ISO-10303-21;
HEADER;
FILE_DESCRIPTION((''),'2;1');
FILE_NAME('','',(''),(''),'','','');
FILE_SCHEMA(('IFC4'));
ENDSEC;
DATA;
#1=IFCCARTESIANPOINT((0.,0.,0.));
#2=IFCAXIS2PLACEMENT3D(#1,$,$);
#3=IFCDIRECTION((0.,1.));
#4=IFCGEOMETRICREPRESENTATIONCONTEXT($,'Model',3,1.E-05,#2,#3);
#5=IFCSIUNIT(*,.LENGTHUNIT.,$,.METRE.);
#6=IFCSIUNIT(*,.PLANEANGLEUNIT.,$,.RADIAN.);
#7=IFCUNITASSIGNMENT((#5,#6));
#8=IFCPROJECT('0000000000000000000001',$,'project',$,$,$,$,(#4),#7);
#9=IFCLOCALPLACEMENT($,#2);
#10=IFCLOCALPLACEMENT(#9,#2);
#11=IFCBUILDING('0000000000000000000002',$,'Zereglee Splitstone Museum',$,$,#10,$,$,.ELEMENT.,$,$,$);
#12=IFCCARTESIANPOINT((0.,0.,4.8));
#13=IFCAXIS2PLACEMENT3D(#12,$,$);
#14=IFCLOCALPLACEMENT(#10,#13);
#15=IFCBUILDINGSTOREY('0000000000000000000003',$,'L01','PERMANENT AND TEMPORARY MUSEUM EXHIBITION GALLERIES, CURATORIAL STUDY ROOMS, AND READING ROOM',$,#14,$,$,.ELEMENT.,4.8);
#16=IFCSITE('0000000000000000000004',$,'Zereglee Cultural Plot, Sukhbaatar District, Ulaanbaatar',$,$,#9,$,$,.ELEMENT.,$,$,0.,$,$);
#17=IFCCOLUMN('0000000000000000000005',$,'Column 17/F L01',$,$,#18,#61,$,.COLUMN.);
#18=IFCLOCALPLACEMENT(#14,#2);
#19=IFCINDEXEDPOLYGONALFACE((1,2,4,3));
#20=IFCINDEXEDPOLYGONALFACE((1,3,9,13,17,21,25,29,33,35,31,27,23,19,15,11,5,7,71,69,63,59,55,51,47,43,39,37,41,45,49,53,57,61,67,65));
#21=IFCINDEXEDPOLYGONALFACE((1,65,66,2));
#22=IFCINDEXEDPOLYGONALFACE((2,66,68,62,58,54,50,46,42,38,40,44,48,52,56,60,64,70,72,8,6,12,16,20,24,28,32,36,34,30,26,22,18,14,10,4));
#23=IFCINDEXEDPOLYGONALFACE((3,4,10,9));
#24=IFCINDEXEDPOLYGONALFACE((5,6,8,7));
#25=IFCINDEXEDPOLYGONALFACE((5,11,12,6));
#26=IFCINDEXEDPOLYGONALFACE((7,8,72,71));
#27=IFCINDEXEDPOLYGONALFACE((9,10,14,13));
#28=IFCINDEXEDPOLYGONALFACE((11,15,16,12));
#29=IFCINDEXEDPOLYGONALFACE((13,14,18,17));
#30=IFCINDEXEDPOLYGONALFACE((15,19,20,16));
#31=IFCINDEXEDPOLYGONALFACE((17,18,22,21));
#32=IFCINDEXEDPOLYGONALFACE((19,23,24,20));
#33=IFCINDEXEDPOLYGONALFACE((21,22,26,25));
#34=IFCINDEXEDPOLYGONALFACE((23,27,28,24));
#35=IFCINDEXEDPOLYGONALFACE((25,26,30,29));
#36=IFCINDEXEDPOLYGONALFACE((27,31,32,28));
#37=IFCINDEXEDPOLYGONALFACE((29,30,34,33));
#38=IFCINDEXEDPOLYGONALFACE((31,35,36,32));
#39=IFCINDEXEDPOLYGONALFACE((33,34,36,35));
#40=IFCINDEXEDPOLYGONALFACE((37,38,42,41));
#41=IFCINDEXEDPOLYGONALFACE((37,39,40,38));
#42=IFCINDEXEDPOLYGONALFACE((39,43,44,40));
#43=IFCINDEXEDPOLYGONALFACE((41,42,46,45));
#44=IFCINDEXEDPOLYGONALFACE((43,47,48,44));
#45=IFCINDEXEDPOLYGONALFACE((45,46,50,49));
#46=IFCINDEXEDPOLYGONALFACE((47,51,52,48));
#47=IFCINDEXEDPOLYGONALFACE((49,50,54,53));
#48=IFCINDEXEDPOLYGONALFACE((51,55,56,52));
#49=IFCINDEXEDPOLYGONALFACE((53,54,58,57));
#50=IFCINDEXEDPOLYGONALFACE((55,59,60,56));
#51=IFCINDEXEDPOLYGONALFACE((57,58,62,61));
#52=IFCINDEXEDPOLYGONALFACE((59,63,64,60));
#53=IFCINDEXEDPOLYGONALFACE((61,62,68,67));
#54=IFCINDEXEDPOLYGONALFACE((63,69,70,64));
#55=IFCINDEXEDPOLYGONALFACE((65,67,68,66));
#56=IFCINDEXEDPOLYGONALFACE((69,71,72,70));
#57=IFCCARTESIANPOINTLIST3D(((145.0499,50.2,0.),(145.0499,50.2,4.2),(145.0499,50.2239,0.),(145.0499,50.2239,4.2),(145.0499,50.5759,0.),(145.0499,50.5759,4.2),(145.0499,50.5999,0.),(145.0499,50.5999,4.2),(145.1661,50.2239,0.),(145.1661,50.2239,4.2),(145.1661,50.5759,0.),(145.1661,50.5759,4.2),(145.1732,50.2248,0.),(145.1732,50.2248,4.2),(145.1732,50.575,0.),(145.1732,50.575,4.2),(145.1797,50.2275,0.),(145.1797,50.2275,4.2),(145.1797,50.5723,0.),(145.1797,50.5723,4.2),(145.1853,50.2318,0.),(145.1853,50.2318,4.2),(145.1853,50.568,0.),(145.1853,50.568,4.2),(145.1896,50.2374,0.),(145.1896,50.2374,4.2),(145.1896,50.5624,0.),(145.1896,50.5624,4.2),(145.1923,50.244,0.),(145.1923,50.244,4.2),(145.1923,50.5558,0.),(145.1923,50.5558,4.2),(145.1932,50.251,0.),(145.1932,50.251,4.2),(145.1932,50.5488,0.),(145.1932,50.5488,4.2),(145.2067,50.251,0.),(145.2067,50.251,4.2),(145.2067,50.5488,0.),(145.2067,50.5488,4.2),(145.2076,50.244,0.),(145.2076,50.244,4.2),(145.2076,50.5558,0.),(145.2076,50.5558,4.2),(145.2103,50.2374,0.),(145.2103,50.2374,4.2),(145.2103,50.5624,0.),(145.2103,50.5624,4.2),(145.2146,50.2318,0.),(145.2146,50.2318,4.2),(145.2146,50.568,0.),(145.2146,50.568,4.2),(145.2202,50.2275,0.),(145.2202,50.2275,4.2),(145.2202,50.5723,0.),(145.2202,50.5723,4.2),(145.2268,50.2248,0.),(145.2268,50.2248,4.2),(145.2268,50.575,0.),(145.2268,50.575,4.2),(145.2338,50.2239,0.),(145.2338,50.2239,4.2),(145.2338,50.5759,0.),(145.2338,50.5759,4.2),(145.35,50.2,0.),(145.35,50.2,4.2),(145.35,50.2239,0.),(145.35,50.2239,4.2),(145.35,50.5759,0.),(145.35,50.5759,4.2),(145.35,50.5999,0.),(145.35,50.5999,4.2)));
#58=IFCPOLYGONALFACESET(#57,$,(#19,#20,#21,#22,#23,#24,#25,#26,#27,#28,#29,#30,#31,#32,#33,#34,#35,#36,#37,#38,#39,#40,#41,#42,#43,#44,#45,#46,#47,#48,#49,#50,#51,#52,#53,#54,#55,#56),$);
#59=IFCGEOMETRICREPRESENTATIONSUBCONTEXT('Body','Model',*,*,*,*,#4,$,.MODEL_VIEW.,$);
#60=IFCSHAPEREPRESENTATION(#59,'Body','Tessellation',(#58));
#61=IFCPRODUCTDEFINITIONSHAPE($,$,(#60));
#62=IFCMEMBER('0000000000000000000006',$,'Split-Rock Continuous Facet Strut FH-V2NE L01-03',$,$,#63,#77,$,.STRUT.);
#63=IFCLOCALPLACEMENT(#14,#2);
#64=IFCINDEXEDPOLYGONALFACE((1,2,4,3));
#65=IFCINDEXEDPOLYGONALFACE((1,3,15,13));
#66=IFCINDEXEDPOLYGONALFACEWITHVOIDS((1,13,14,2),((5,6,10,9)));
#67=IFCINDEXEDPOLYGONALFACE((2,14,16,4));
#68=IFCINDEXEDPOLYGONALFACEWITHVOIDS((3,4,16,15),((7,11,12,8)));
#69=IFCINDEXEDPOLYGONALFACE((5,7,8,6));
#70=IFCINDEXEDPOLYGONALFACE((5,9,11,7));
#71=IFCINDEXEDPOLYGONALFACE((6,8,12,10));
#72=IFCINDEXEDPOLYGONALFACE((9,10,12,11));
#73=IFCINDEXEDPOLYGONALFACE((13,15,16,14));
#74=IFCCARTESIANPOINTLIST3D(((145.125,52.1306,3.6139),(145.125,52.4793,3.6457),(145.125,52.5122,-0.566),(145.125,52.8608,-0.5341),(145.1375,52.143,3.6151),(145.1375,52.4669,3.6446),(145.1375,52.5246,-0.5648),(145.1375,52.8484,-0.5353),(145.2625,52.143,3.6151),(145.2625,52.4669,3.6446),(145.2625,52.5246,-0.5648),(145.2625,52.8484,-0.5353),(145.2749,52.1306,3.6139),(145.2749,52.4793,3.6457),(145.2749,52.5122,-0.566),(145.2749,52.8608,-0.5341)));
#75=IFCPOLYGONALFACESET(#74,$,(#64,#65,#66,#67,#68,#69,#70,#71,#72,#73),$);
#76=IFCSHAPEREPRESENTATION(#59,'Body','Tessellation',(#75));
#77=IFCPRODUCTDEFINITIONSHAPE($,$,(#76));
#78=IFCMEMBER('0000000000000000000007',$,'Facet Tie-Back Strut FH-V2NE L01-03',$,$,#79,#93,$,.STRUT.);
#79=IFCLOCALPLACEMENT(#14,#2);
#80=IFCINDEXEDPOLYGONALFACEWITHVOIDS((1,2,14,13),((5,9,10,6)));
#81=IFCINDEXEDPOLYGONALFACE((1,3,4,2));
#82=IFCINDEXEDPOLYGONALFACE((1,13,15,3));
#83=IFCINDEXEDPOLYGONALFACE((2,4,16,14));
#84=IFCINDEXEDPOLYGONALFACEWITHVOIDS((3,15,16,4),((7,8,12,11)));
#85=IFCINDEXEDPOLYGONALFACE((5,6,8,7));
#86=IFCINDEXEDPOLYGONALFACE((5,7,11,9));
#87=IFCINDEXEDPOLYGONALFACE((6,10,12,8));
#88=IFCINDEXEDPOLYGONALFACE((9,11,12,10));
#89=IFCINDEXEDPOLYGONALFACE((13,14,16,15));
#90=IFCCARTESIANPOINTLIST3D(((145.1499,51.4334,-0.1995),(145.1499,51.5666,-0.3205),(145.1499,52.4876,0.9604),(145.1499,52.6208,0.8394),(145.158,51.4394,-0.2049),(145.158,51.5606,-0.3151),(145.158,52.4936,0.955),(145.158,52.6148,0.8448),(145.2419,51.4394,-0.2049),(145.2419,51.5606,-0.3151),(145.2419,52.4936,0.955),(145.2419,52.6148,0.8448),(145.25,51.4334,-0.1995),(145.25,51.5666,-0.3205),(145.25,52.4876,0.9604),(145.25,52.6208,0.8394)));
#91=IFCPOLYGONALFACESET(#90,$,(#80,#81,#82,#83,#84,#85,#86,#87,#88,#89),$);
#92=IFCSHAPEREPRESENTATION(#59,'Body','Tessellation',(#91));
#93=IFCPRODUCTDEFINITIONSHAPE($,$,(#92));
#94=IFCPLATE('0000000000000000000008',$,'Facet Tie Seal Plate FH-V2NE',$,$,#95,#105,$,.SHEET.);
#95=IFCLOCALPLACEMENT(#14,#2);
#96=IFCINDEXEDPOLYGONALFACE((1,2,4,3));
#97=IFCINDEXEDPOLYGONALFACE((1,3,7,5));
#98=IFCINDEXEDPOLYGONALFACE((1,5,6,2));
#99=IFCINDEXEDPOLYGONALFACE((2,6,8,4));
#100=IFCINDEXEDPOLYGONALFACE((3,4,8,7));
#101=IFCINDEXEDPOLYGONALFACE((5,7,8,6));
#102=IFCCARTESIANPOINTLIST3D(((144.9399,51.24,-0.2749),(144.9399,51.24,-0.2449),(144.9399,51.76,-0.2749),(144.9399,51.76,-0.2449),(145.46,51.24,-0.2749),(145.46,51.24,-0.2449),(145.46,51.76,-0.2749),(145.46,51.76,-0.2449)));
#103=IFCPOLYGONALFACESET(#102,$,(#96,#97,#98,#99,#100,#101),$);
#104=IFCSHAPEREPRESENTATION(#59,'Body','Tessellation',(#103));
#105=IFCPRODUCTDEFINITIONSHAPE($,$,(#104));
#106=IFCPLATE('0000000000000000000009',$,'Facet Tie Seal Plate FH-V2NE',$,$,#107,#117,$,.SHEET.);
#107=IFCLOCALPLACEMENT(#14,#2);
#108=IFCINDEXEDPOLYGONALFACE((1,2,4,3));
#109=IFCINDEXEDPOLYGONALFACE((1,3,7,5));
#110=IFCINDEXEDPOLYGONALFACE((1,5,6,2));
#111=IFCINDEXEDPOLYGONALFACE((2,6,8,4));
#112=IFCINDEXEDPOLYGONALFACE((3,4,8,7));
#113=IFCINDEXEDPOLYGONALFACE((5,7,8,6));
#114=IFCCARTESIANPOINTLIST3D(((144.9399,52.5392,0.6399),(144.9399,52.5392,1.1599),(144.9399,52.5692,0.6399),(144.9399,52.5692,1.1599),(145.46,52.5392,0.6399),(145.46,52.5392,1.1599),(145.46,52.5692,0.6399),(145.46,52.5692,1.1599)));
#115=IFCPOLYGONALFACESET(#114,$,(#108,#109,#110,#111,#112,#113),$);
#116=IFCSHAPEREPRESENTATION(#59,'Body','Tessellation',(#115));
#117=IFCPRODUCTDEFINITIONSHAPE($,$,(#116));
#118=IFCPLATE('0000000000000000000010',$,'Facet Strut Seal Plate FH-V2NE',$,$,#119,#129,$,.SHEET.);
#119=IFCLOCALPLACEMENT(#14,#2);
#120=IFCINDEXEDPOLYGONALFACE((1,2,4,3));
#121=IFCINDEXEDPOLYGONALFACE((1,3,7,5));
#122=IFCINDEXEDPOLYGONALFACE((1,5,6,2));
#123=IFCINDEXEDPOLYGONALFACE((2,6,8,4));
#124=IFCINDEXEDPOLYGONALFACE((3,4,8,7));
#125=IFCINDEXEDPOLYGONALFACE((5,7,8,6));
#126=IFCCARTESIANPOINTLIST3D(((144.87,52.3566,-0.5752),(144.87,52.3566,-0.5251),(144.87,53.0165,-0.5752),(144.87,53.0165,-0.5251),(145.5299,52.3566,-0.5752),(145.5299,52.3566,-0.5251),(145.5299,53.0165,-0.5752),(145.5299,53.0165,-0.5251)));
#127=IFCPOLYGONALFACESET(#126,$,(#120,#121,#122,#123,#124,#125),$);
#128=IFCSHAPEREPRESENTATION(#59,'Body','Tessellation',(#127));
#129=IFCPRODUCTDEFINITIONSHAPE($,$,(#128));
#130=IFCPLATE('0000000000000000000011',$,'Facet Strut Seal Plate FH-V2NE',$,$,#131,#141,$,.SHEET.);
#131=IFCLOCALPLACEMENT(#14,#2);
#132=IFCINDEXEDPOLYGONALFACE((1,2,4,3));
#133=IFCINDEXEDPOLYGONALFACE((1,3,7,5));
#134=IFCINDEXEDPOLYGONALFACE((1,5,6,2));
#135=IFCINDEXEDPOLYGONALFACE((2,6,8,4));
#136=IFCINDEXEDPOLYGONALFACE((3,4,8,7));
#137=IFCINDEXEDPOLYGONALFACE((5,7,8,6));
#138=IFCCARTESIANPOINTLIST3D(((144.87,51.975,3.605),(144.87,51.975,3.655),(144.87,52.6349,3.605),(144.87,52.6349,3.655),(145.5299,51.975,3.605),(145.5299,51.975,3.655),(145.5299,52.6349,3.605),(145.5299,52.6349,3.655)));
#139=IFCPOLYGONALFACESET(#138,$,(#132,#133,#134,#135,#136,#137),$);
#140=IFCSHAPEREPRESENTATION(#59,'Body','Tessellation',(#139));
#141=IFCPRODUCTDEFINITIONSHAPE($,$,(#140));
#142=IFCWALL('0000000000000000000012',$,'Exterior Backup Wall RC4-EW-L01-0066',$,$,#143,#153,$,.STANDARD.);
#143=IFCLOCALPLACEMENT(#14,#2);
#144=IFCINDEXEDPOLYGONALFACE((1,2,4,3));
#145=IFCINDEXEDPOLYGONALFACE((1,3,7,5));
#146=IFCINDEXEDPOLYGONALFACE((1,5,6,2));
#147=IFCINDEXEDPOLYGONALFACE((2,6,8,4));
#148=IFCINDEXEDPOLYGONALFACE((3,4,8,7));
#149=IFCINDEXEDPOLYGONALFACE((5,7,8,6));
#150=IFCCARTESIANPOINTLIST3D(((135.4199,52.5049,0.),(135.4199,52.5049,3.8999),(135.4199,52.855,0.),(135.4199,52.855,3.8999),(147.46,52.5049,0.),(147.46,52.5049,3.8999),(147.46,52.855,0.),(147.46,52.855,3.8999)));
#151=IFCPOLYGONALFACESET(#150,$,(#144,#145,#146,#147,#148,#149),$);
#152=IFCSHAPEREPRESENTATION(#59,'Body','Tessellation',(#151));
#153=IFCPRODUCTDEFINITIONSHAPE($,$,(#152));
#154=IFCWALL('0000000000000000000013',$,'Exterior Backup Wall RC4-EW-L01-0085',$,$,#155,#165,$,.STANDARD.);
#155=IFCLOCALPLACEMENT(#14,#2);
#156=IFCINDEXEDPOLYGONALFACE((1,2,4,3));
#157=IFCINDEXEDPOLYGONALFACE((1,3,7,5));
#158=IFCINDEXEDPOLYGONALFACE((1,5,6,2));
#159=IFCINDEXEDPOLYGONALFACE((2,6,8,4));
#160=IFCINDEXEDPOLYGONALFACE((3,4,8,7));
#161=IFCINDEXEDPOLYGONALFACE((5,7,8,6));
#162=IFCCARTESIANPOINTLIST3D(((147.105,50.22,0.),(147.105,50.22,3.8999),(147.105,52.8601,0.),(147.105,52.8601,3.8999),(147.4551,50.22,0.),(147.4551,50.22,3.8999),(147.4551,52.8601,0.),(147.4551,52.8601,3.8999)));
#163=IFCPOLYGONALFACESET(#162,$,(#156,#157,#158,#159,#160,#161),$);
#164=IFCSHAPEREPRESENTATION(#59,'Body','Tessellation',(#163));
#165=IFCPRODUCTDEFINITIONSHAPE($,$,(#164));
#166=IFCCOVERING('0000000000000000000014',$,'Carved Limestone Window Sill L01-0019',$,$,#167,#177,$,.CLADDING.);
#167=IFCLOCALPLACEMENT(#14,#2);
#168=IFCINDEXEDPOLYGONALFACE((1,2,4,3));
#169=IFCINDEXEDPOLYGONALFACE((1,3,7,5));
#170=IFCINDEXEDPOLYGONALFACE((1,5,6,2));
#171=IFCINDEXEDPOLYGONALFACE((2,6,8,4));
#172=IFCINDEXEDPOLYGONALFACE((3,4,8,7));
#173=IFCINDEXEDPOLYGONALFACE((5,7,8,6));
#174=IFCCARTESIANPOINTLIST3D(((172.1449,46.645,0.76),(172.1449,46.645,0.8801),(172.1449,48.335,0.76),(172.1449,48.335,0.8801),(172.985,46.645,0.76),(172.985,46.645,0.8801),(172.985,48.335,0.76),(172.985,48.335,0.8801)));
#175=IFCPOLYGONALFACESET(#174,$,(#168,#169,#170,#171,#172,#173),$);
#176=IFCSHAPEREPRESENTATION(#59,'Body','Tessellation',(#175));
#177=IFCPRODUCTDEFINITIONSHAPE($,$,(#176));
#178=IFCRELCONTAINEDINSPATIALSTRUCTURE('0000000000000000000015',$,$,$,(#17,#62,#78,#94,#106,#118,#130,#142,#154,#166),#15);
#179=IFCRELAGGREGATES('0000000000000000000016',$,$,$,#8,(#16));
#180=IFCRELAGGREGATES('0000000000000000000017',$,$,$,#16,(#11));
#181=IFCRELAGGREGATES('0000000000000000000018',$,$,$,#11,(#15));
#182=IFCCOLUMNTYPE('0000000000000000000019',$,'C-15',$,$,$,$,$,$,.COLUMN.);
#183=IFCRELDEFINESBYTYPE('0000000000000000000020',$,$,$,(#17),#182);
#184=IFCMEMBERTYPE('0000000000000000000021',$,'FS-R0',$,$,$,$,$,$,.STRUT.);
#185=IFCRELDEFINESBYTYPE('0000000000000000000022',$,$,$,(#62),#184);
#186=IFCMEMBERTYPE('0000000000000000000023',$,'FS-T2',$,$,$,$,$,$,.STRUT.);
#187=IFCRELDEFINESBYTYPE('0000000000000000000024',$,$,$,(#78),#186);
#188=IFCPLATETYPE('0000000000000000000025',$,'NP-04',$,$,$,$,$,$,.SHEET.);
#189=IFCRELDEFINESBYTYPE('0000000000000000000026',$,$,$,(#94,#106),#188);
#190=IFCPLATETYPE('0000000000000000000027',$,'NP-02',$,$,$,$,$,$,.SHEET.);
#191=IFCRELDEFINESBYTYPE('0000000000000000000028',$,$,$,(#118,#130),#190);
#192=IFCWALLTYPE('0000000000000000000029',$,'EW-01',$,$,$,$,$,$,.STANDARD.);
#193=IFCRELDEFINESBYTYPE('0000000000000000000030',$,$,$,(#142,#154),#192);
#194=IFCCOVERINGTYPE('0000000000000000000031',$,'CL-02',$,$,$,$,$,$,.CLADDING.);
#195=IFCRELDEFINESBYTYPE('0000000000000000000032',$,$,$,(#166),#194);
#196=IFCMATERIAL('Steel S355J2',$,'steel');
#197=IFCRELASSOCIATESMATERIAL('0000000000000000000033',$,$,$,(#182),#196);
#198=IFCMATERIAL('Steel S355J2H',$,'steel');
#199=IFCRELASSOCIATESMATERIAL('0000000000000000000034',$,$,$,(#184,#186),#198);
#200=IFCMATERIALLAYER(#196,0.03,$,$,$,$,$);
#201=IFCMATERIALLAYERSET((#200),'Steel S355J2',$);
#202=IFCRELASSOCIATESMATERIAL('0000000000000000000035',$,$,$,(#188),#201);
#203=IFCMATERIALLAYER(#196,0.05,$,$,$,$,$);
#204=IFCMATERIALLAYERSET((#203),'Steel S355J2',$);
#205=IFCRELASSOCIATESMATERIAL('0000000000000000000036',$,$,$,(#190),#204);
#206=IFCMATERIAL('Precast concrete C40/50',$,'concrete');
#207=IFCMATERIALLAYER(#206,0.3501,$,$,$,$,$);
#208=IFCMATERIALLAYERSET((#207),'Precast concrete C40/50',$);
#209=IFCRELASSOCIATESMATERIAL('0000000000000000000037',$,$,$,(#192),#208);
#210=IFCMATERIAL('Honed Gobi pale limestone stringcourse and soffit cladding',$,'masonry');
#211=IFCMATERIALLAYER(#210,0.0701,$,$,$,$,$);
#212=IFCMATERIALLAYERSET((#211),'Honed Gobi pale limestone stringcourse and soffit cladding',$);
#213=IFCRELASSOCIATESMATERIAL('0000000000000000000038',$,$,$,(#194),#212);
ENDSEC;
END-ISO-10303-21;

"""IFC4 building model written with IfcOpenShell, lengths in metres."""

from ifc_helpers import new_model, si_unit, direction, frame, frame_2d, origin, origin_2d, place, context, subcontext, project, spatial, rectangle, hollow_rectangle, i_section, extrude, material, layer, layer_set, material_profile, profile_set, type_object, element, save


model = new_model("IFC4")

# Units and contexts
model_context = context("Model", 3, precision=1e-05, world=origin(), true_north=direction((0.0, 1.0)))
body_context = subcontext(model_context, "Body", "Model", "MODEL_VIEW")
ifc_project = project(units=[si_unit("LENGTHUNIT", "METRE"), si_unit("PLANEANGLEUNIT", "RADIAN")], contexts=[model_context])

# Site, building, storey
site_placement = place(None, origin())
site = spatial("IfcSite", under=ifc_project, at=site_placement, Name="Zereglee Cultural Plot, Sukhbaatar District, Ulaanbaatar", CompositionType="ELEMENT", RefElevation=0.0)
building_placement = place(site_placement, origin())
building = spatial("IfcBuilding", under=site, at=building_placement, Name="Zereglee Splitstone Museum", CompositionType="ELEMENT")
storey_placement = place(building_placement, frame((0.0, 0.0, 4.8)))
storey = spatial("IfcBuildingStorey", under=building, at=storey_placement, Name="L01", Description="PERMANENT AND TEMPORARY MUSEUM EXHIBITION GALLERIES, CURATORIAL STUDY ROOMS, AND READING ROOM", CompositionType="ELEMENT", Elevation=4.8)

# Column
ifc_material_1 = material(Name="Steel S355J2", Category="steel")
ifc_material_profile_1 = material_profile(ifc_material_1, i_section(OverallWidth=0.3, OverallDepth=0.3999, WebThickness=0.0134, FlangeThickness=0.0239, FilletRadius=0.0271, at=origin_2d()), Name="HE 400 B")
ifc_profile_set_1 = profile_set([ifc_material_profile_1], Name="Steel S355J2")
column_type = type_object("IfcColumnType", Name="C-15", PredefinedType="COLUMN", material=ifc_profile_set_1)
column_placement = place(storey_placement, frame((145.2, 50.3999, 0.0), z_axis=(0.0, 0.0, 1.0), x_axis=(1.0, 0.0, 0.0)))
element("IfcColumn", 1, at=column_placement, inside=storey, type_object=column_type, Name="Column 17/F L01", PredefinedType="COLUMN", context=body_context, shape_type="SweptSolid", body=[
    extrude(i_section(OverallWidth=0.3, OverallDepth=0.3999, WebThickness=0.0134, FlangeThickness=0.0239, FilletRadius=0.0271, at=origin_2d()), origin(), (0.0, 0.0, 1.0), 4.2),
])

# Members
ifc_material_2 = material(Name="Steel S355J2H", Category="steel")
ifc_material_profile_2 = material_profile(ifc_material_2, hollow_rectangle(XDim=0.1499, YDim=0.3501, WallThickness=0.0125, at=origin_2d()), Name="RHS 350x150x12.5")
ifc_profile_set_2 = profile_set([ifc_material_profile_2], Name="Steel S355J2H")
member_type_1 = type_object("IfcMemberType", Name="FS-R0", PredefinedType="STRUT", material=ifc_profile_set_2)
member_1_placement = place(storey_placement, frame((145.2, 52.6865, -0.55), z_axis=(0.0, -0.090913, 0.995859), x_axis=(1.0, 0.0, 0.0)))
element("IfcMember", 2, at=member_1_placement, inside=storey, type_object=member_type_1, Name="Split-Rock Continuous Facet Strut FH-V2NE L01-03", PredefinedType="STRUT", context=body_context, shape_type="SweptSolid", body=[
    extrude(hollow_rectangle(XDim=0.1499, YDim=0.3501, WallThickness=0.0125, at=origin_2d()), origin(), (0.0, 0.0, 1.0), 4.1973),
])
ifc_material_profile_3 = material_profile(ifc_material_2, hollow_rectangle(XDim=0.1001, YDim=0.1799, WallThickness=0.0081, at=origin_2d()), Name="RHS 180x100x8")
ifc_profile_set_3 = profile_set([ifc_material_profile_3], Name="Steel S355J2H")
member_type_2 = type_object("IfcMemberType", Name="FS-T2", PredefinedType="STRUT", material=ifc_profile_set_3)
member_2_placement = place(storey_placement, frame((145.2, 51.5, -0.26), z_axis=(0.0, 0.67258, 0.740025), x_axis=(-1.0, 0.0, 0.0)))
element("IfcMember", 3, at=member_2_placement, inside=storey, type_object=member_type_2, Name="Facet Tie-Back Strut FH-V2NE L01-03", PredefinedType="STRUT", context=body_context, shape_type="SweptSolid", body=[
    extrude(hollow_rectangle(XDim=0.1001, YDim=0.1799, WallThickness=0.0081, at=origin_2d()), origin(), (0.0, 0.0, 1.0), 1.5674),
])

# Plates
ifc_layer_1 = layer(ifc_material_1, 0.03)
ifc_layer_set_1 = layer_set([ifc_layer_1], Name="Steel S355J2")
plate_type_1 = type_object("IfcPlateType", Name="NP-04", PredefinedType="SHEET", material=ifc_layer_set_1)
plate_1_placement = place(storey_placement, frame((145.2, 51.5, -0.2749), z_axis=(0.0, 0.0, 1.0), x_axis=(1.0, 0.0, 0.0)))
element("IfcPlate", 4, at=plate_1_placement, inside=storey, type_object=plate_type_1, Name="Facet Tie Seal Plate FH-V2NE", PredefinedType="SHEET", context=body_context, shape_type="SweptSolid", body=[
    extrude(rectangle(XDim=0.52, YDim=0.52, at=origin_2d()), origin(), (0.0, 0.0, 1.0), 0.03),
])
plate_2_placement = place(storey_placement, frame((145.2, 52.5542, 0.6399), z_axis=(0.0, 0.0, 1.0), x_axis=(1.0, 0.0, 0.0)))
element("IfcPlate", 5, at=plate_2_placement, inside=storey, type_object=plate_type_1, Name="Facet Tie Seal Plate FH-V2NE", PredefinedType="SHEET", context=body_context, shape_type="SweptSolid", body=[
    extrude(rectangle(XDim=0.52, YDim=0.03, at=origin_2d()), origin(), (0.0, 0.0, 1.0), 0.52),
])
ifc_layer_2 = layer(ifc_material_1, 0.05)
ifc_layer_set_2 = layer_set([ifc_layer_2], Name="Steel S355J2")
plate_type_2 = type_object("IfcPlateType", Name="NP-02", PredefinedType="SHEET", material=ifc_layer_set_2)
for number, where, z_axis, x_axis, name in (
    (6, (145.2, 52.6865, -0.5752), (0.0, 0.0, 1.0), (1.0, 0.0, 0.0), "Facet Strut Seal Plate FH-V2NE"),
    (7, (145.2, 52.3049, 3.605), (0.0, 0.0, 1.0), (1.0, 0.0, 0.0), "Facet Strut Seal Plate FH-V2NE"),
):
    element("IfcPlate", number, at=place(storey_placement, frame(where, z_axis=z_axis, x_axis=x_axis)), inside=storey, type_object=plate_type_2, Name=name, PredefinedType="SHEET", context=body_context, shape_type="SweptSolid", body=[
        extrude(rectangle(XDim=0.6599, YDim=0.6599, at=origin_2d()), origin(), (0.0, 0.0, 1.0), 0.05),
    ])

# Walls
ifc_material_3 = material(Name="Precast concrete C40/50", Category="concrete")
ifc_layer_3 = layer(ifc_material_3, 0.3501)
ifc_layer_set_3 = layer_set([ifc_layer_3], Name="Precast concrete C40/50")
wall_type = type_object("IfcWallType", Name="EW-01", PredefinedType="STANDARD", material=ifc_layer_set_3)
wall_1_placement = place(storey_placement, frame((147.46, 52.6799, 0.0), z_axis=(0.0, 0.0, 1.0), x_axis=(-1.0, 0.0, 0.0)))
element("IfcWall", 8, at=wall_1_placement, inside=storey, type_object=wall_type, Name="Exterior Backup Wall RC4-EW-L01-0066", PredefinedType="STANDARD", context=body_context, shape_type="SweptSolid", body=[
    extrude(rectangle(XDim=12.04, YDim=0.3501, at=frame_2d((6.02, 0.0))), origin(), (0.0, 0.0, 1.0), 3.8999),
])
wall_2_placement = place(storey_placement, frame((147.28, 50.22, 0.0), z_axis=(0.0, 0.0, 1.0), x_axis=(0.0, 1.0, 0.0)))
element("IfcWall", 9, at=wall_2_placement, inside=storey, type_object=wall_type, Name="Exterior Backup Wall RC4-EW-L01-0085", PredefinedType="STANDARD", context=body_context, shape_type="SweptSolid", body=[
    extrude(rectangle(XDim=2.6401, YDim=0.3501, at=frame_2d((1.3201, 0.0))), origin(), (0.0, 0.0, 1.0), 3.8999),
])

# Covering
ifc_material_4 = material(Name="Honed Gobi pale limestone stringcourse and soffit cladding", Category="masonry")
ifc_layer_4 = layer(ifc_material_4, 0.0701)
ifc_layer_set_4 = layer_set([ifc_layer_4], Name="Honed Gobi pale limestone stringcourse and soffit cladding")
covering_type_1 = type_object("IfcCoveringType", Name="CL-02", PredefinedType="CLADDING", material=ifc_layer_set_4)
covering_1_placement = place(storey_placement, frame((172.5649, 47.49, 0.76), z_axis=(0.0, 0.0, 1.0), x_axis=(0.0, -1.0, 0.0)))
element("IfcCovering", 10, at=covering_1_placement, inside=storey, type_object=covering_type_1, Name="Carved Limestone Window Sill L01-0019", PredefinedType="CLADDING", context=body_context, shape_type="SweptSolid", body=[
    extrude(rectangle(XDim=1.6899, YDim=0.8401, at=origin_2d()), origin(), (0.0, 0.0, 1.0), 0.1201),
])

save(model, "model.ifc")
